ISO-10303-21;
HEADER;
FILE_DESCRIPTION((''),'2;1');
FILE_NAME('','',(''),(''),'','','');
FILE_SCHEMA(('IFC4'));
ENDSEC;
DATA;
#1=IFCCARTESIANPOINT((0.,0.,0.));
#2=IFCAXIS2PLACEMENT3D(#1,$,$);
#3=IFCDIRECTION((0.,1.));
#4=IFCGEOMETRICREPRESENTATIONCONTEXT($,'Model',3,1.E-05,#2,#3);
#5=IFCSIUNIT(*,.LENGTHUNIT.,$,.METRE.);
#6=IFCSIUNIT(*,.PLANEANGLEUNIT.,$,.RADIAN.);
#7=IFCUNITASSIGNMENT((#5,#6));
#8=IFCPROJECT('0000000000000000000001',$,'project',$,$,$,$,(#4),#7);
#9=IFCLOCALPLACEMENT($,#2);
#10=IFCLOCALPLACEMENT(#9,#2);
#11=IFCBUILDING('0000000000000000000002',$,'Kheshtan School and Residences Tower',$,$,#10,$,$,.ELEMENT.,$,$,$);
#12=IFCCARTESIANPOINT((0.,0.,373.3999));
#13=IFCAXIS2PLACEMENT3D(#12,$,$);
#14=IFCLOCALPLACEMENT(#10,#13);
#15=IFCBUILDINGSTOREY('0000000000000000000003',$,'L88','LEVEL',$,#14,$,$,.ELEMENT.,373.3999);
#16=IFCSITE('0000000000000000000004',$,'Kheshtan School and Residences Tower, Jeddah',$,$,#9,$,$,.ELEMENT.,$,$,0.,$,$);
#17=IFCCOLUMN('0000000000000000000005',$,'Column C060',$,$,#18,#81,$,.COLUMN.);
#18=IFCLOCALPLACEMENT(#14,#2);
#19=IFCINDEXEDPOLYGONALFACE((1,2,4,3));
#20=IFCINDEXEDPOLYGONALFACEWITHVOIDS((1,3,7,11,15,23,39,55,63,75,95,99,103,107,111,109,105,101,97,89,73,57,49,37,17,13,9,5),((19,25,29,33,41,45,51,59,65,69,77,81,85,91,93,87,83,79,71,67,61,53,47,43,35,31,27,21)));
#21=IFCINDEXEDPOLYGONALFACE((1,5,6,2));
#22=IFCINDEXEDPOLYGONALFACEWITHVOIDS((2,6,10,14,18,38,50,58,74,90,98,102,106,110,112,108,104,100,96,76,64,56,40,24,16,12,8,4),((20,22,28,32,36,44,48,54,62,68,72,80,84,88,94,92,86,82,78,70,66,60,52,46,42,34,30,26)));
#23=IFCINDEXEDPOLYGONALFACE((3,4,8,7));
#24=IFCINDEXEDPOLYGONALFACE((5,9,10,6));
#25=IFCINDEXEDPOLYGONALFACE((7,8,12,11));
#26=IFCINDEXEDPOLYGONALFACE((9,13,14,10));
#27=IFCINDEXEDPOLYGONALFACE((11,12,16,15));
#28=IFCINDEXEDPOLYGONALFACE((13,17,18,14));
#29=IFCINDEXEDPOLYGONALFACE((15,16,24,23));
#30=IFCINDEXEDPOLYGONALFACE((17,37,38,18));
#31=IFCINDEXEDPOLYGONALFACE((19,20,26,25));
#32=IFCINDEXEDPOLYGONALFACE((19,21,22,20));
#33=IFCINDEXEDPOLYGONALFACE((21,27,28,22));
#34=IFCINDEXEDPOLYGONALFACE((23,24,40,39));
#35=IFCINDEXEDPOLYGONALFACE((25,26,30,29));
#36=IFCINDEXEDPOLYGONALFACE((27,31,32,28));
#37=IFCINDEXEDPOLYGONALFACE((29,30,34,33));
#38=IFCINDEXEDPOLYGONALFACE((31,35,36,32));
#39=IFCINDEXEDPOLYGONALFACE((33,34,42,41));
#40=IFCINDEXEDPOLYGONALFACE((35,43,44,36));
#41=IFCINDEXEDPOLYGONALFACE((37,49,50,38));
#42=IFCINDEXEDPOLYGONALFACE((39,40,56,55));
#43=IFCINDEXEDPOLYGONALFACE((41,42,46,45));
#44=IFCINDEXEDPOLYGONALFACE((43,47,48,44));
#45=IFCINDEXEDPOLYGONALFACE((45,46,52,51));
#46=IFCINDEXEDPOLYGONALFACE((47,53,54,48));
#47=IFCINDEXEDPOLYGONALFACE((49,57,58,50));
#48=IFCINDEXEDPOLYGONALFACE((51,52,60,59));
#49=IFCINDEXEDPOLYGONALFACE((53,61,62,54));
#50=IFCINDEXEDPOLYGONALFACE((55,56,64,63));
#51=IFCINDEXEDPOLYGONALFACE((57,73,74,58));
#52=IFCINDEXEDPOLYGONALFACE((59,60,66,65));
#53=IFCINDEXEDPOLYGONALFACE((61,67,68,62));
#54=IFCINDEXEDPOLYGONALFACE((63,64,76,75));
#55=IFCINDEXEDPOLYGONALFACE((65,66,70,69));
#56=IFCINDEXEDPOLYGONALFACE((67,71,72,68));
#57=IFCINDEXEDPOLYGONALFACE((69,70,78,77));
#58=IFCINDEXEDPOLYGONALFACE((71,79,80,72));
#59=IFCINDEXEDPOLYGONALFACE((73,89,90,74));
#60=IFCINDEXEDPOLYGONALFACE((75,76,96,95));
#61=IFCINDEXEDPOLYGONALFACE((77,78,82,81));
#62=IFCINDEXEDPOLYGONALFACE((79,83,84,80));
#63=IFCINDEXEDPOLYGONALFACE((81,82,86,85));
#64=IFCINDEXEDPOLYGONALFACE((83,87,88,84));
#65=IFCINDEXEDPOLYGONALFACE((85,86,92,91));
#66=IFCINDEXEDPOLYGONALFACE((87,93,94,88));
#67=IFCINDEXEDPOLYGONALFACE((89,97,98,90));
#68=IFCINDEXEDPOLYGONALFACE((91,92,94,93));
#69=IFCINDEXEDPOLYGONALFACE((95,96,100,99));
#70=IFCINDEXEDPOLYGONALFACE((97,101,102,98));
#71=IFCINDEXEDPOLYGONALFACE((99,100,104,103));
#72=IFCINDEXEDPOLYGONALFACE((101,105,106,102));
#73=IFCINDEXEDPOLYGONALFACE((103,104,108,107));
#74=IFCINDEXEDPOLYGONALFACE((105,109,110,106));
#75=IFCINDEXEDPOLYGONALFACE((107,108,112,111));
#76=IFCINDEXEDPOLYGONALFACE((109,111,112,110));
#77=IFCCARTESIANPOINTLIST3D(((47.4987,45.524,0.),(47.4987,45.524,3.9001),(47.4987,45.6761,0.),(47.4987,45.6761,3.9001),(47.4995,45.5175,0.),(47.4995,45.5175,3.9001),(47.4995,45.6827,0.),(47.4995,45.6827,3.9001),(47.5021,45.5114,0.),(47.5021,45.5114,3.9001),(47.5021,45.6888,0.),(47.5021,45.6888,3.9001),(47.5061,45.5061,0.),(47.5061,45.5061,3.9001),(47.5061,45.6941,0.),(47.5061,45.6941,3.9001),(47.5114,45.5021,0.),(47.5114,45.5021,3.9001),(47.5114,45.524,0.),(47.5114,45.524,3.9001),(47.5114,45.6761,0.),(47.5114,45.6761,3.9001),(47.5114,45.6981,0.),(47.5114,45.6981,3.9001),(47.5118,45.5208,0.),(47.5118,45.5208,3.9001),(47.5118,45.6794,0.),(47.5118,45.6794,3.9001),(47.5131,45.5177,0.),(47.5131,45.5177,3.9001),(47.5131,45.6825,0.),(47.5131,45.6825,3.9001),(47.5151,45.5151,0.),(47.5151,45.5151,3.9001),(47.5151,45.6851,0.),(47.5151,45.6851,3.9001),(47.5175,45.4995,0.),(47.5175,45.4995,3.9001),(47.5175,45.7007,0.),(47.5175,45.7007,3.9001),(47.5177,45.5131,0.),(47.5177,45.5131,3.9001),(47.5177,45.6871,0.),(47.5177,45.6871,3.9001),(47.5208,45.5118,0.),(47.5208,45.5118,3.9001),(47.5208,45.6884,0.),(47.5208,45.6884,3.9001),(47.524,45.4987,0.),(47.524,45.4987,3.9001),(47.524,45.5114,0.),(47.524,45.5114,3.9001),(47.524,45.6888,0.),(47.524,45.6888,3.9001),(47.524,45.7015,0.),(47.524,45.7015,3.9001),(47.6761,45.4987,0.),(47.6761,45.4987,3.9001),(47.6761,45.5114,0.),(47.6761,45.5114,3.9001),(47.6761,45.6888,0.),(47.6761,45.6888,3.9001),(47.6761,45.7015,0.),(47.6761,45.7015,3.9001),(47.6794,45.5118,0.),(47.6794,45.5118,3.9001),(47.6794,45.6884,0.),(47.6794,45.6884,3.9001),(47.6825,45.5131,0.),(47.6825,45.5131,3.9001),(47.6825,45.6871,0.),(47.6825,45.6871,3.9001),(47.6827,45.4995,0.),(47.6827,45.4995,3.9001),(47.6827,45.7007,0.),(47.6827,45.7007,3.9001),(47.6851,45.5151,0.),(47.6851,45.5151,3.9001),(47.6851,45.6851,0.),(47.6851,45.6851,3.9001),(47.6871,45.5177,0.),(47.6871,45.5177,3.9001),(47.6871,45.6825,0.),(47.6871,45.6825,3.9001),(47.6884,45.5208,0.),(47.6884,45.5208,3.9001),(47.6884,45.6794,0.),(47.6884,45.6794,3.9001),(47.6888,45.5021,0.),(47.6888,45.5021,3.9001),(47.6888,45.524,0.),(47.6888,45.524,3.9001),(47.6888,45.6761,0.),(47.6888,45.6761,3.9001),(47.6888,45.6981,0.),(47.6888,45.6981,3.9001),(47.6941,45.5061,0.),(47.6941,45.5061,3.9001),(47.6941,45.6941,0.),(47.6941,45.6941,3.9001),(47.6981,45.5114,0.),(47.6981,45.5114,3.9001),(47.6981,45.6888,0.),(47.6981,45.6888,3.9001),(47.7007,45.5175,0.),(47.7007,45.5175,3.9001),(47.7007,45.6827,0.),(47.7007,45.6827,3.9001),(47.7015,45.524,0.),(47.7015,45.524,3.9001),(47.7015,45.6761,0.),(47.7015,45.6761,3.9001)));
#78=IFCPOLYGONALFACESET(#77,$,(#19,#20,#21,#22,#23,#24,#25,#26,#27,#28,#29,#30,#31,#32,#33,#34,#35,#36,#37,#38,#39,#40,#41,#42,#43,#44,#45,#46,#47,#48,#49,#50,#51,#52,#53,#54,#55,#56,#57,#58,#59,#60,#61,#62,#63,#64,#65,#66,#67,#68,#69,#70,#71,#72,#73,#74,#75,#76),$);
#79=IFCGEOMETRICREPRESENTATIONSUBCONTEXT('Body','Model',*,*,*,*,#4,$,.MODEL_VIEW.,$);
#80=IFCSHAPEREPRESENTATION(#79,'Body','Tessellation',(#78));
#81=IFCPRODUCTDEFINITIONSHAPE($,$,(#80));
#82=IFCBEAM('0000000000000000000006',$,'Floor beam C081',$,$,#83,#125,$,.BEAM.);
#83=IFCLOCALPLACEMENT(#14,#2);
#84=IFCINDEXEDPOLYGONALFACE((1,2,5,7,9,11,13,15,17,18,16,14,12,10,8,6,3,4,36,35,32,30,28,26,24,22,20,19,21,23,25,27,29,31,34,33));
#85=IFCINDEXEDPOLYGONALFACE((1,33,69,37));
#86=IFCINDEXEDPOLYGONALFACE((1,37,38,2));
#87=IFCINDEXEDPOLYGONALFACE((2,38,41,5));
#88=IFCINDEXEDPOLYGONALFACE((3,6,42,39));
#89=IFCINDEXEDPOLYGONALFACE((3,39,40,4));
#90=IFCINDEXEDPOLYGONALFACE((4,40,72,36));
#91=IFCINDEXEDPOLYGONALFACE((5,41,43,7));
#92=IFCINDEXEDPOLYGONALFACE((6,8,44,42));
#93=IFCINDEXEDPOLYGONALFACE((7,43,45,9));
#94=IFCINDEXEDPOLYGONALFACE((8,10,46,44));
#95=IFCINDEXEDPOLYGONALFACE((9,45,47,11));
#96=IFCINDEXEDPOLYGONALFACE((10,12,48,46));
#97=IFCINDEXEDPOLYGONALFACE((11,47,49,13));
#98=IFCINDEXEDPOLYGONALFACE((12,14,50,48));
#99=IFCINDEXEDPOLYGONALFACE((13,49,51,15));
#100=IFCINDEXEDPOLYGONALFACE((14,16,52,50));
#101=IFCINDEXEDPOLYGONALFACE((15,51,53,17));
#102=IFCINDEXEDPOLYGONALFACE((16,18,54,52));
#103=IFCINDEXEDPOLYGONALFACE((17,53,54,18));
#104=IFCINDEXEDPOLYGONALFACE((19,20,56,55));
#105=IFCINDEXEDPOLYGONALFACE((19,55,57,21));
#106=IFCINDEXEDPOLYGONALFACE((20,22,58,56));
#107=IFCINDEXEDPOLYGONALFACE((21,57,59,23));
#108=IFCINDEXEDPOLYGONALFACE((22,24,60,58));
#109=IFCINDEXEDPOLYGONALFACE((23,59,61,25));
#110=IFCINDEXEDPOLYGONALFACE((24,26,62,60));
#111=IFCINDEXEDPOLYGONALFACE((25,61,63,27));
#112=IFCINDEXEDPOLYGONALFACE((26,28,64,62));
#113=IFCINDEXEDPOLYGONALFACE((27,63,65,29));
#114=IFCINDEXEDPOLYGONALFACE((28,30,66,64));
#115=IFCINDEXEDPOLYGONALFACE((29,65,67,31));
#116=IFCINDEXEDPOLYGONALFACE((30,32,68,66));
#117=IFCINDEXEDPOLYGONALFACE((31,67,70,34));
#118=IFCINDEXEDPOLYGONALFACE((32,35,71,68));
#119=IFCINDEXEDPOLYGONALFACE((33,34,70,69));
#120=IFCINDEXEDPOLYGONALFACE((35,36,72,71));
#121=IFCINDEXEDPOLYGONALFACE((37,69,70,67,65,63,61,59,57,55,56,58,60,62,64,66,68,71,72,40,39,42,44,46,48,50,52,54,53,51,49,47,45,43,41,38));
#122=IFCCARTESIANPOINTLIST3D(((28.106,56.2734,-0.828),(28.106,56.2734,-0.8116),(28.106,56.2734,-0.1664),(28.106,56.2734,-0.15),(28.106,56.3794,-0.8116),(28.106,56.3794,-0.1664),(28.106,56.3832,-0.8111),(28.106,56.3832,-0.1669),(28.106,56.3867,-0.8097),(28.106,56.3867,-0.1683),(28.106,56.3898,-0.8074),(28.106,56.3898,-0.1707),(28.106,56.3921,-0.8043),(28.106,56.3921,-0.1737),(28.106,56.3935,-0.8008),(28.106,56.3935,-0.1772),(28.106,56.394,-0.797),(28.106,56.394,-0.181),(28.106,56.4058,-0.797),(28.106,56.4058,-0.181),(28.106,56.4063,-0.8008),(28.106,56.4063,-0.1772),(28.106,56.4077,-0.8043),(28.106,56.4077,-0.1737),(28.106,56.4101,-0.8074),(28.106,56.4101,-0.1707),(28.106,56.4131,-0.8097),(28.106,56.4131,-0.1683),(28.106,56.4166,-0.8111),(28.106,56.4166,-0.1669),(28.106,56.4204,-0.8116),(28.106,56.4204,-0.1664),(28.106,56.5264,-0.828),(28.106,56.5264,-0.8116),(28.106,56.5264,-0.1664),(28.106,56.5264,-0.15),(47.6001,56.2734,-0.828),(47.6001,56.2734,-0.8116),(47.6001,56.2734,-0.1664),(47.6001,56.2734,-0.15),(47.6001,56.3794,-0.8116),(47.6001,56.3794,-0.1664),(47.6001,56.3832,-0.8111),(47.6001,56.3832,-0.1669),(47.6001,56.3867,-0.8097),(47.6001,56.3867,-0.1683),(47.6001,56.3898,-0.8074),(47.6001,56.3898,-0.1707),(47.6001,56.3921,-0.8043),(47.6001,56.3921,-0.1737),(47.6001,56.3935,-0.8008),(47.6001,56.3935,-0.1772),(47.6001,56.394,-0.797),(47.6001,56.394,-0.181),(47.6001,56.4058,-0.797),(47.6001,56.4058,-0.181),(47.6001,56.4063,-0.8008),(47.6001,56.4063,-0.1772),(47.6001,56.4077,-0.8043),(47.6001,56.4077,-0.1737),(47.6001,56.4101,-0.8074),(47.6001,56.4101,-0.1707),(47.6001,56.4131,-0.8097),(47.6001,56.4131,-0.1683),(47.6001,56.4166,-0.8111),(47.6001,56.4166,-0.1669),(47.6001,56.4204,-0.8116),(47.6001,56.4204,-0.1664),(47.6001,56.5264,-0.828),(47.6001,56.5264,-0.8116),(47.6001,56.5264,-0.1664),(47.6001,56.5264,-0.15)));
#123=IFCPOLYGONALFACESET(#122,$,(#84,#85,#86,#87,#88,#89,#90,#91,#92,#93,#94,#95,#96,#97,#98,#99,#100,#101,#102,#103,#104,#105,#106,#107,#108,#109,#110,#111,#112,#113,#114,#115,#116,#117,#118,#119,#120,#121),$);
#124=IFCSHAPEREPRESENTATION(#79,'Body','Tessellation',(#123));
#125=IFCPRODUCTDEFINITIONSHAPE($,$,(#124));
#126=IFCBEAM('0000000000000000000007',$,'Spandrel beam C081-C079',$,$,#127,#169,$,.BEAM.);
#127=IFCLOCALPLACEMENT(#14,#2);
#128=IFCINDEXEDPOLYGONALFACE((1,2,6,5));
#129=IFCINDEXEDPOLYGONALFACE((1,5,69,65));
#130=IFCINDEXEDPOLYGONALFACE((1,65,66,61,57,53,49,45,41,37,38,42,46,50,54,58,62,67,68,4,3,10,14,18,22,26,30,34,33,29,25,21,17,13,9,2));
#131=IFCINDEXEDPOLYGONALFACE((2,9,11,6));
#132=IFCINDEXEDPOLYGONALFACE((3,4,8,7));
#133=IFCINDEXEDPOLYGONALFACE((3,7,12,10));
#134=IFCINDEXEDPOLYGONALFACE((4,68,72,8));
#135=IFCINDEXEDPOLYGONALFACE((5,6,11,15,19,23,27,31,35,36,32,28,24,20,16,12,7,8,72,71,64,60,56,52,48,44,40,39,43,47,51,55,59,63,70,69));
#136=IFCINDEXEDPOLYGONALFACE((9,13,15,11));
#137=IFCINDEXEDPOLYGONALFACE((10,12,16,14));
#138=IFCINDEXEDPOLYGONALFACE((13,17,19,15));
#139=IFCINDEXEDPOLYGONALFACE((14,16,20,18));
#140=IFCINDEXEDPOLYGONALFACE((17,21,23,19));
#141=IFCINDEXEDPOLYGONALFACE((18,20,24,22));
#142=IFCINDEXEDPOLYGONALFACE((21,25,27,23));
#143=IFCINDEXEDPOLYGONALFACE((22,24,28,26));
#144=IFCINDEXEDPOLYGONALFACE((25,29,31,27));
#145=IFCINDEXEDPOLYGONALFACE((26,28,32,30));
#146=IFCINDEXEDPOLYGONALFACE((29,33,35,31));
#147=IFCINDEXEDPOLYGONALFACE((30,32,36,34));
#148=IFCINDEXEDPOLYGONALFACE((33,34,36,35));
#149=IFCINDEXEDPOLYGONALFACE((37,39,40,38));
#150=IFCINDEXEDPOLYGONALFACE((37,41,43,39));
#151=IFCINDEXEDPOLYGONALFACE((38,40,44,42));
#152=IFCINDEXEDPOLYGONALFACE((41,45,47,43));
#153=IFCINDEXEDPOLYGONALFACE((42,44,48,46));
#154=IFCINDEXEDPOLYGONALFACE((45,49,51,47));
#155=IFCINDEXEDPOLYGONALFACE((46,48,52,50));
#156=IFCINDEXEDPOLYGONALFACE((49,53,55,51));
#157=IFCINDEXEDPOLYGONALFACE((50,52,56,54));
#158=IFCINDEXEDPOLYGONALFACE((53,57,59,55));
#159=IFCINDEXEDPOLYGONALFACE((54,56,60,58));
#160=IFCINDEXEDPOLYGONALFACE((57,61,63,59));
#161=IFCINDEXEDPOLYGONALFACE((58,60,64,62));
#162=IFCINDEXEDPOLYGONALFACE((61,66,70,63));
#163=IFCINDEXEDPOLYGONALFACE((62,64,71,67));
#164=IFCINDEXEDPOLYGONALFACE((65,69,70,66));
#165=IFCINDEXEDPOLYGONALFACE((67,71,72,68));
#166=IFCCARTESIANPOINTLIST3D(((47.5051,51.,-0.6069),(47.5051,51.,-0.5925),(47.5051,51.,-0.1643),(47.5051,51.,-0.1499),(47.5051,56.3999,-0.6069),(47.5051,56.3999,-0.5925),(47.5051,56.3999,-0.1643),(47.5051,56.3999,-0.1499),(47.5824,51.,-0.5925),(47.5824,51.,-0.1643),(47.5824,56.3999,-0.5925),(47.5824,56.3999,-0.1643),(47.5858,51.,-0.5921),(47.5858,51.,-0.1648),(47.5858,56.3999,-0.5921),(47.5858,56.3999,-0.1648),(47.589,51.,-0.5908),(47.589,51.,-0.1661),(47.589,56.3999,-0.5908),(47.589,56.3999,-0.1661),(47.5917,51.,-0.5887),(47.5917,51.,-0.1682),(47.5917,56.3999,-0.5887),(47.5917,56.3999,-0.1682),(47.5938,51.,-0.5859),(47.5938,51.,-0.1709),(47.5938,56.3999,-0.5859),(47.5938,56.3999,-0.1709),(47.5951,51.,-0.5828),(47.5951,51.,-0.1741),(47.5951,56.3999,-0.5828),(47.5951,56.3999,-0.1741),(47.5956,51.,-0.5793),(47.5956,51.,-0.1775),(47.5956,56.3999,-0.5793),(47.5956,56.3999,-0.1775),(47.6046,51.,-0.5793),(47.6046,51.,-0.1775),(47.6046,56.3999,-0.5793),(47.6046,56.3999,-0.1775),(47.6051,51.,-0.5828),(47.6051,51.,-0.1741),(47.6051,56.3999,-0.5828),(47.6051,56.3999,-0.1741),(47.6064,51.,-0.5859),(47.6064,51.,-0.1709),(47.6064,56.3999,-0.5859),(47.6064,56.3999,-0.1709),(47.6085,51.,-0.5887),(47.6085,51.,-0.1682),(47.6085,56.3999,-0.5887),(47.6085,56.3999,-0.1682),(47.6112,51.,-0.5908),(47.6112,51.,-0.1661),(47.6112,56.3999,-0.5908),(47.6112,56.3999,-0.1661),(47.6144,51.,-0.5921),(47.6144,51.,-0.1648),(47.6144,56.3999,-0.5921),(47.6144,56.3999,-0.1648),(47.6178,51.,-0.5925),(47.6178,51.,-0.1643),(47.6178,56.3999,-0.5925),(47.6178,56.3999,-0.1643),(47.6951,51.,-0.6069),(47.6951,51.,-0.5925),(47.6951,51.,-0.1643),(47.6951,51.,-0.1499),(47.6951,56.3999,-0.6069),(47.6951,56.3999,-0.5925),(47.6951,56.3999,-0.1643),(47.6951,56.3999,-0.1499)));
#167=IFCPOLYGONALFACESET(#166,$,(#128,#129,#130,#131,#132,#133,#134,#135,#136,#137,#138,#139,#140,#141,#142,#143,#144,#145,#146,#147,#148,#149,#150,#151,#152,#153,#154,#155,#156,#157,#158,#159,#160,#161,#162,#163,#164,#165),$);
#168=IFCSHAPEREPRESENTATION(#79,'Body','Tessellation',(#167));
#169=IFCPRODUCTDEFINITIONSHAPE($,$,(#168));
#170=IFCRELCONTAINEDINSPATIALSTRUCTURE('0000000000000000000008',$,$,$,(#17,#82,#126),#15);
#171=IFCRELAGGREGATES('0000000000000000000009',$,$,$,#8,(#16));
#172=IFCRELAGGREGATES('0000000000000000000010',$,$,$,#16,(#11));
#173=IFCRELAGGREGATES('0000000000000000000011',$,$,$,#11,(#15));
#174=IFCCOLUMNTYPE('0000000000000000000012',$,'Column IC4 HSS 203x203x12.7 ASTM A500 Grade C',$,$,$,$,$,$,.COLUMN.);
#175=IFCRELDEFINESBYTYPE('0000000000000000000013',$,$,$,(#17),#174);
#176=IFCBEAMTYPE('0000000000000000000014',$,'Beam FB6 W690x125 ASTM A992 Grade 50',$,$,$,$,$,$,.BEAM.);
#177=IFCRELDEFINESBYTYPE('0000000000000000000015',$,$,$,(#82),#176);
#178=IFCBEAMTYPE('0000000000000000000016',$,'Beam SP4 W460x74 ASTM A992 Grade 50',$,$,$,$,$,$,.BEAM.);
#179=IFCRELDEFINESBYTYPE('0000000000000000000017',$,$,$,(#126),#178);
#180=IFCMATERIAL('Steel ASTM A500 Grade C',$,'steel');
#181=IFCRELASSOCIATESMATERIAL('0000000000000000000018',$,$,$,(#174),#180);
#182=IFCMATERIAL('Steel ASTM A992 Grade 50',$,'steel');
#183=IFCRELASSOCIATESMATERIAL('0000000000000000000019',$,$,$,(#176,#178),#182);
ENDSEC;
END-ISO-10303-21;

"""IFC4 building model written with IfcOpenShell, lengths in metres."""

from ifc_helpers import new_model, si_unit, direction, frame, origin, origin_2d, place, context, subcontext, project, spatial, hollow_rectangle, i_section, extrude, material, material_profile, profile_set, type_object, element, save


model = new_model("IFC4")

# Units and contexts
model_context = context("Model", 3, precision=1e-05, world=origin(), true_north=direction((0.0, 1.0)))
body_context = subcontext(model_context, "Body", "Model", "MODEL_VIEW")
ifc_project = project(units=[si_unit("LENGTHUNIT", "METRE"), si_unit("PLANEANGLEUNIT", "RADIAN")], contexts=[model_context])

# Site, building, storey
site_placement = place(None, origin())
site = spatial("IfcSite", under=ifc_project, at=site_placement, Name="Kheshtan School and Residences Tower, Jeddah", CompositionType="ELEMENT", RefElevation=0.0)
building_placement = place(site_placement, origin())
building = spatial("IfcBuilding", under=site, at=building_placement, Name="Kheshtan School and Residences Tower", CompositionType="ELEMENT")
storey_placement = place(building_placement, frame((0.0, 0.0, 373.3999)))
storey = spatial("IfcBuildingStorey", under=building, at=storey_placement, Name="L88", Description="LEVEL", CompositionType="ELEMENT", Elevation=373.3999)

# Column
ifc_material_1 = material(Name="Steel ASTM A992 Grade 50", Category="steel")
ifc_material_2 = material(Name="Steel ASTM A500 Grade C", Category="steel")
ifc_material_profile_1 = material_profile(ifc_material_2, hollow_rectangle(XDim=0.2029, YDim=0.2029, WallThickness=0.0127, InnerFilletRadius=0.0127, OuterFilletRadius=0.0254, at=origin_2d()), Name="HSS 203x203x12.7")
ifc_profile_set_1 = profile_set([ifc_material_profile_1], Name="Steel ASTM A500 Grade C")
column_type_1 = type_object("IfcColumnType", Name="Column IC4 HSS 203x203x12.7 ASTM A500 Grade C", PredefinedType="COLUMN", material=ifc_profile_set_1)
column_placement = place(storey_placement, frame((47.6001, 45.6001, 0.0), z_axis=(0.0, 0.0, 1.0), x_axis=(1.0, 0.0, 0.0)))
element("IfcColumn", 1, at=column_placement, inside=storey, type_object=column_type_1, Name="Column C060", PredefinedType="COLUMN", context=body_context, shape_type="SweptSolid", body=[
    extrude(hollow_rectangle(XDim=0.2029, YDim=0.2029, WallThickness=0.0127, InnerFilletRadius=0.0127, OuterFilletRadius=0.0254, at=origin_2d()), origin(), (0.0, 0.0, 1.0), 3.9001),
])

# Beams
ifc_material_profile_2 = material_profile(ifc_material_1, i_section(OverallWidth=0.2529, OverallDepth=0.678, WebThickness=0.0117, FlangeThickness=0.0164, FilletRadius=0.0146, at=origin_2d()), Name="W690x125")
ifc_profile_set_2 = profile_set([ifc_material_profile_2], Name="Steel ASTM A992 Grade 50")
beam_type_1 = type_object("IfcBeamType", Name="Beam FB6 W690x125 ASTM A992 Grade 50", PredefinedType="BEAM", material=ifc_profile_set_2)
beam_1_placement = place(storey_placement, frame((47.6001, 56.3999, -0.489), z_axis=(-1.0, 0.0, 0.0), x_axis=(0.0, -1.0, 0.0)))
element("IfcBeam", 2, at=beam_1_placement, inside=storey, type_object=beam_type_1, Name="Floor beam C081", PredefinedType="BEAM", context=body_context, shape_type="SweptSolid", body=[
    extrude(i_section(OverallWidth=0.2529, OverallDepth=0.678, WebThickness=0.0117, FlangeThickness=0.0164, FilletRadius=0.0146, at=origin_2d()), origin(), (0.0, 0.0, 1.0), 19.4941),
])
ifc_material_profile_3 = material_profile(ifc_material_1, i_section(OverallWidth=0.1899, OverallDepth=0.457, WebThickness=0.009, FlangeThickness=0.0144, FilletRadius=0.0132, at=origin_2d()), Name="W460x74")
ifc_profile_set_3 = profile_set([ifc_material_profile_3], Name="Steel ASTM A992 Grade 50")
beam_type_2 = type_object("IfcBeamType", Name="Beam SP4 W460x74 ASTM A992 Grade 50", PredefinedType="BEAM", material=ifc_profile_set_3)
beam_2_placement = place(storey_placement, frame((47.6001, 56.3999, -0.3784), z_axis=(0.0, -1.0, 0.0), x_axis=(1.0, 0.0, 0.0)))
element("IfcBeam", 3, at=beam_2_placement, inside=storey, type_object=beam_type_2, Name="Spandrel beam C081-C079", PredefinedType="BEAM", context=body_context, shape_type="SweptSolid", body=[
    extrude(i_section(OverallWidth=0.1899, OverallDepth=0.457, WebThickness=0.009, FlangeThickness=0.0144, FilletRadius=0.0132, at=origin_2d()), origin(), (0.0, 0.0, 1.0), 5.3999),
])

save(model, "model.ifc")
